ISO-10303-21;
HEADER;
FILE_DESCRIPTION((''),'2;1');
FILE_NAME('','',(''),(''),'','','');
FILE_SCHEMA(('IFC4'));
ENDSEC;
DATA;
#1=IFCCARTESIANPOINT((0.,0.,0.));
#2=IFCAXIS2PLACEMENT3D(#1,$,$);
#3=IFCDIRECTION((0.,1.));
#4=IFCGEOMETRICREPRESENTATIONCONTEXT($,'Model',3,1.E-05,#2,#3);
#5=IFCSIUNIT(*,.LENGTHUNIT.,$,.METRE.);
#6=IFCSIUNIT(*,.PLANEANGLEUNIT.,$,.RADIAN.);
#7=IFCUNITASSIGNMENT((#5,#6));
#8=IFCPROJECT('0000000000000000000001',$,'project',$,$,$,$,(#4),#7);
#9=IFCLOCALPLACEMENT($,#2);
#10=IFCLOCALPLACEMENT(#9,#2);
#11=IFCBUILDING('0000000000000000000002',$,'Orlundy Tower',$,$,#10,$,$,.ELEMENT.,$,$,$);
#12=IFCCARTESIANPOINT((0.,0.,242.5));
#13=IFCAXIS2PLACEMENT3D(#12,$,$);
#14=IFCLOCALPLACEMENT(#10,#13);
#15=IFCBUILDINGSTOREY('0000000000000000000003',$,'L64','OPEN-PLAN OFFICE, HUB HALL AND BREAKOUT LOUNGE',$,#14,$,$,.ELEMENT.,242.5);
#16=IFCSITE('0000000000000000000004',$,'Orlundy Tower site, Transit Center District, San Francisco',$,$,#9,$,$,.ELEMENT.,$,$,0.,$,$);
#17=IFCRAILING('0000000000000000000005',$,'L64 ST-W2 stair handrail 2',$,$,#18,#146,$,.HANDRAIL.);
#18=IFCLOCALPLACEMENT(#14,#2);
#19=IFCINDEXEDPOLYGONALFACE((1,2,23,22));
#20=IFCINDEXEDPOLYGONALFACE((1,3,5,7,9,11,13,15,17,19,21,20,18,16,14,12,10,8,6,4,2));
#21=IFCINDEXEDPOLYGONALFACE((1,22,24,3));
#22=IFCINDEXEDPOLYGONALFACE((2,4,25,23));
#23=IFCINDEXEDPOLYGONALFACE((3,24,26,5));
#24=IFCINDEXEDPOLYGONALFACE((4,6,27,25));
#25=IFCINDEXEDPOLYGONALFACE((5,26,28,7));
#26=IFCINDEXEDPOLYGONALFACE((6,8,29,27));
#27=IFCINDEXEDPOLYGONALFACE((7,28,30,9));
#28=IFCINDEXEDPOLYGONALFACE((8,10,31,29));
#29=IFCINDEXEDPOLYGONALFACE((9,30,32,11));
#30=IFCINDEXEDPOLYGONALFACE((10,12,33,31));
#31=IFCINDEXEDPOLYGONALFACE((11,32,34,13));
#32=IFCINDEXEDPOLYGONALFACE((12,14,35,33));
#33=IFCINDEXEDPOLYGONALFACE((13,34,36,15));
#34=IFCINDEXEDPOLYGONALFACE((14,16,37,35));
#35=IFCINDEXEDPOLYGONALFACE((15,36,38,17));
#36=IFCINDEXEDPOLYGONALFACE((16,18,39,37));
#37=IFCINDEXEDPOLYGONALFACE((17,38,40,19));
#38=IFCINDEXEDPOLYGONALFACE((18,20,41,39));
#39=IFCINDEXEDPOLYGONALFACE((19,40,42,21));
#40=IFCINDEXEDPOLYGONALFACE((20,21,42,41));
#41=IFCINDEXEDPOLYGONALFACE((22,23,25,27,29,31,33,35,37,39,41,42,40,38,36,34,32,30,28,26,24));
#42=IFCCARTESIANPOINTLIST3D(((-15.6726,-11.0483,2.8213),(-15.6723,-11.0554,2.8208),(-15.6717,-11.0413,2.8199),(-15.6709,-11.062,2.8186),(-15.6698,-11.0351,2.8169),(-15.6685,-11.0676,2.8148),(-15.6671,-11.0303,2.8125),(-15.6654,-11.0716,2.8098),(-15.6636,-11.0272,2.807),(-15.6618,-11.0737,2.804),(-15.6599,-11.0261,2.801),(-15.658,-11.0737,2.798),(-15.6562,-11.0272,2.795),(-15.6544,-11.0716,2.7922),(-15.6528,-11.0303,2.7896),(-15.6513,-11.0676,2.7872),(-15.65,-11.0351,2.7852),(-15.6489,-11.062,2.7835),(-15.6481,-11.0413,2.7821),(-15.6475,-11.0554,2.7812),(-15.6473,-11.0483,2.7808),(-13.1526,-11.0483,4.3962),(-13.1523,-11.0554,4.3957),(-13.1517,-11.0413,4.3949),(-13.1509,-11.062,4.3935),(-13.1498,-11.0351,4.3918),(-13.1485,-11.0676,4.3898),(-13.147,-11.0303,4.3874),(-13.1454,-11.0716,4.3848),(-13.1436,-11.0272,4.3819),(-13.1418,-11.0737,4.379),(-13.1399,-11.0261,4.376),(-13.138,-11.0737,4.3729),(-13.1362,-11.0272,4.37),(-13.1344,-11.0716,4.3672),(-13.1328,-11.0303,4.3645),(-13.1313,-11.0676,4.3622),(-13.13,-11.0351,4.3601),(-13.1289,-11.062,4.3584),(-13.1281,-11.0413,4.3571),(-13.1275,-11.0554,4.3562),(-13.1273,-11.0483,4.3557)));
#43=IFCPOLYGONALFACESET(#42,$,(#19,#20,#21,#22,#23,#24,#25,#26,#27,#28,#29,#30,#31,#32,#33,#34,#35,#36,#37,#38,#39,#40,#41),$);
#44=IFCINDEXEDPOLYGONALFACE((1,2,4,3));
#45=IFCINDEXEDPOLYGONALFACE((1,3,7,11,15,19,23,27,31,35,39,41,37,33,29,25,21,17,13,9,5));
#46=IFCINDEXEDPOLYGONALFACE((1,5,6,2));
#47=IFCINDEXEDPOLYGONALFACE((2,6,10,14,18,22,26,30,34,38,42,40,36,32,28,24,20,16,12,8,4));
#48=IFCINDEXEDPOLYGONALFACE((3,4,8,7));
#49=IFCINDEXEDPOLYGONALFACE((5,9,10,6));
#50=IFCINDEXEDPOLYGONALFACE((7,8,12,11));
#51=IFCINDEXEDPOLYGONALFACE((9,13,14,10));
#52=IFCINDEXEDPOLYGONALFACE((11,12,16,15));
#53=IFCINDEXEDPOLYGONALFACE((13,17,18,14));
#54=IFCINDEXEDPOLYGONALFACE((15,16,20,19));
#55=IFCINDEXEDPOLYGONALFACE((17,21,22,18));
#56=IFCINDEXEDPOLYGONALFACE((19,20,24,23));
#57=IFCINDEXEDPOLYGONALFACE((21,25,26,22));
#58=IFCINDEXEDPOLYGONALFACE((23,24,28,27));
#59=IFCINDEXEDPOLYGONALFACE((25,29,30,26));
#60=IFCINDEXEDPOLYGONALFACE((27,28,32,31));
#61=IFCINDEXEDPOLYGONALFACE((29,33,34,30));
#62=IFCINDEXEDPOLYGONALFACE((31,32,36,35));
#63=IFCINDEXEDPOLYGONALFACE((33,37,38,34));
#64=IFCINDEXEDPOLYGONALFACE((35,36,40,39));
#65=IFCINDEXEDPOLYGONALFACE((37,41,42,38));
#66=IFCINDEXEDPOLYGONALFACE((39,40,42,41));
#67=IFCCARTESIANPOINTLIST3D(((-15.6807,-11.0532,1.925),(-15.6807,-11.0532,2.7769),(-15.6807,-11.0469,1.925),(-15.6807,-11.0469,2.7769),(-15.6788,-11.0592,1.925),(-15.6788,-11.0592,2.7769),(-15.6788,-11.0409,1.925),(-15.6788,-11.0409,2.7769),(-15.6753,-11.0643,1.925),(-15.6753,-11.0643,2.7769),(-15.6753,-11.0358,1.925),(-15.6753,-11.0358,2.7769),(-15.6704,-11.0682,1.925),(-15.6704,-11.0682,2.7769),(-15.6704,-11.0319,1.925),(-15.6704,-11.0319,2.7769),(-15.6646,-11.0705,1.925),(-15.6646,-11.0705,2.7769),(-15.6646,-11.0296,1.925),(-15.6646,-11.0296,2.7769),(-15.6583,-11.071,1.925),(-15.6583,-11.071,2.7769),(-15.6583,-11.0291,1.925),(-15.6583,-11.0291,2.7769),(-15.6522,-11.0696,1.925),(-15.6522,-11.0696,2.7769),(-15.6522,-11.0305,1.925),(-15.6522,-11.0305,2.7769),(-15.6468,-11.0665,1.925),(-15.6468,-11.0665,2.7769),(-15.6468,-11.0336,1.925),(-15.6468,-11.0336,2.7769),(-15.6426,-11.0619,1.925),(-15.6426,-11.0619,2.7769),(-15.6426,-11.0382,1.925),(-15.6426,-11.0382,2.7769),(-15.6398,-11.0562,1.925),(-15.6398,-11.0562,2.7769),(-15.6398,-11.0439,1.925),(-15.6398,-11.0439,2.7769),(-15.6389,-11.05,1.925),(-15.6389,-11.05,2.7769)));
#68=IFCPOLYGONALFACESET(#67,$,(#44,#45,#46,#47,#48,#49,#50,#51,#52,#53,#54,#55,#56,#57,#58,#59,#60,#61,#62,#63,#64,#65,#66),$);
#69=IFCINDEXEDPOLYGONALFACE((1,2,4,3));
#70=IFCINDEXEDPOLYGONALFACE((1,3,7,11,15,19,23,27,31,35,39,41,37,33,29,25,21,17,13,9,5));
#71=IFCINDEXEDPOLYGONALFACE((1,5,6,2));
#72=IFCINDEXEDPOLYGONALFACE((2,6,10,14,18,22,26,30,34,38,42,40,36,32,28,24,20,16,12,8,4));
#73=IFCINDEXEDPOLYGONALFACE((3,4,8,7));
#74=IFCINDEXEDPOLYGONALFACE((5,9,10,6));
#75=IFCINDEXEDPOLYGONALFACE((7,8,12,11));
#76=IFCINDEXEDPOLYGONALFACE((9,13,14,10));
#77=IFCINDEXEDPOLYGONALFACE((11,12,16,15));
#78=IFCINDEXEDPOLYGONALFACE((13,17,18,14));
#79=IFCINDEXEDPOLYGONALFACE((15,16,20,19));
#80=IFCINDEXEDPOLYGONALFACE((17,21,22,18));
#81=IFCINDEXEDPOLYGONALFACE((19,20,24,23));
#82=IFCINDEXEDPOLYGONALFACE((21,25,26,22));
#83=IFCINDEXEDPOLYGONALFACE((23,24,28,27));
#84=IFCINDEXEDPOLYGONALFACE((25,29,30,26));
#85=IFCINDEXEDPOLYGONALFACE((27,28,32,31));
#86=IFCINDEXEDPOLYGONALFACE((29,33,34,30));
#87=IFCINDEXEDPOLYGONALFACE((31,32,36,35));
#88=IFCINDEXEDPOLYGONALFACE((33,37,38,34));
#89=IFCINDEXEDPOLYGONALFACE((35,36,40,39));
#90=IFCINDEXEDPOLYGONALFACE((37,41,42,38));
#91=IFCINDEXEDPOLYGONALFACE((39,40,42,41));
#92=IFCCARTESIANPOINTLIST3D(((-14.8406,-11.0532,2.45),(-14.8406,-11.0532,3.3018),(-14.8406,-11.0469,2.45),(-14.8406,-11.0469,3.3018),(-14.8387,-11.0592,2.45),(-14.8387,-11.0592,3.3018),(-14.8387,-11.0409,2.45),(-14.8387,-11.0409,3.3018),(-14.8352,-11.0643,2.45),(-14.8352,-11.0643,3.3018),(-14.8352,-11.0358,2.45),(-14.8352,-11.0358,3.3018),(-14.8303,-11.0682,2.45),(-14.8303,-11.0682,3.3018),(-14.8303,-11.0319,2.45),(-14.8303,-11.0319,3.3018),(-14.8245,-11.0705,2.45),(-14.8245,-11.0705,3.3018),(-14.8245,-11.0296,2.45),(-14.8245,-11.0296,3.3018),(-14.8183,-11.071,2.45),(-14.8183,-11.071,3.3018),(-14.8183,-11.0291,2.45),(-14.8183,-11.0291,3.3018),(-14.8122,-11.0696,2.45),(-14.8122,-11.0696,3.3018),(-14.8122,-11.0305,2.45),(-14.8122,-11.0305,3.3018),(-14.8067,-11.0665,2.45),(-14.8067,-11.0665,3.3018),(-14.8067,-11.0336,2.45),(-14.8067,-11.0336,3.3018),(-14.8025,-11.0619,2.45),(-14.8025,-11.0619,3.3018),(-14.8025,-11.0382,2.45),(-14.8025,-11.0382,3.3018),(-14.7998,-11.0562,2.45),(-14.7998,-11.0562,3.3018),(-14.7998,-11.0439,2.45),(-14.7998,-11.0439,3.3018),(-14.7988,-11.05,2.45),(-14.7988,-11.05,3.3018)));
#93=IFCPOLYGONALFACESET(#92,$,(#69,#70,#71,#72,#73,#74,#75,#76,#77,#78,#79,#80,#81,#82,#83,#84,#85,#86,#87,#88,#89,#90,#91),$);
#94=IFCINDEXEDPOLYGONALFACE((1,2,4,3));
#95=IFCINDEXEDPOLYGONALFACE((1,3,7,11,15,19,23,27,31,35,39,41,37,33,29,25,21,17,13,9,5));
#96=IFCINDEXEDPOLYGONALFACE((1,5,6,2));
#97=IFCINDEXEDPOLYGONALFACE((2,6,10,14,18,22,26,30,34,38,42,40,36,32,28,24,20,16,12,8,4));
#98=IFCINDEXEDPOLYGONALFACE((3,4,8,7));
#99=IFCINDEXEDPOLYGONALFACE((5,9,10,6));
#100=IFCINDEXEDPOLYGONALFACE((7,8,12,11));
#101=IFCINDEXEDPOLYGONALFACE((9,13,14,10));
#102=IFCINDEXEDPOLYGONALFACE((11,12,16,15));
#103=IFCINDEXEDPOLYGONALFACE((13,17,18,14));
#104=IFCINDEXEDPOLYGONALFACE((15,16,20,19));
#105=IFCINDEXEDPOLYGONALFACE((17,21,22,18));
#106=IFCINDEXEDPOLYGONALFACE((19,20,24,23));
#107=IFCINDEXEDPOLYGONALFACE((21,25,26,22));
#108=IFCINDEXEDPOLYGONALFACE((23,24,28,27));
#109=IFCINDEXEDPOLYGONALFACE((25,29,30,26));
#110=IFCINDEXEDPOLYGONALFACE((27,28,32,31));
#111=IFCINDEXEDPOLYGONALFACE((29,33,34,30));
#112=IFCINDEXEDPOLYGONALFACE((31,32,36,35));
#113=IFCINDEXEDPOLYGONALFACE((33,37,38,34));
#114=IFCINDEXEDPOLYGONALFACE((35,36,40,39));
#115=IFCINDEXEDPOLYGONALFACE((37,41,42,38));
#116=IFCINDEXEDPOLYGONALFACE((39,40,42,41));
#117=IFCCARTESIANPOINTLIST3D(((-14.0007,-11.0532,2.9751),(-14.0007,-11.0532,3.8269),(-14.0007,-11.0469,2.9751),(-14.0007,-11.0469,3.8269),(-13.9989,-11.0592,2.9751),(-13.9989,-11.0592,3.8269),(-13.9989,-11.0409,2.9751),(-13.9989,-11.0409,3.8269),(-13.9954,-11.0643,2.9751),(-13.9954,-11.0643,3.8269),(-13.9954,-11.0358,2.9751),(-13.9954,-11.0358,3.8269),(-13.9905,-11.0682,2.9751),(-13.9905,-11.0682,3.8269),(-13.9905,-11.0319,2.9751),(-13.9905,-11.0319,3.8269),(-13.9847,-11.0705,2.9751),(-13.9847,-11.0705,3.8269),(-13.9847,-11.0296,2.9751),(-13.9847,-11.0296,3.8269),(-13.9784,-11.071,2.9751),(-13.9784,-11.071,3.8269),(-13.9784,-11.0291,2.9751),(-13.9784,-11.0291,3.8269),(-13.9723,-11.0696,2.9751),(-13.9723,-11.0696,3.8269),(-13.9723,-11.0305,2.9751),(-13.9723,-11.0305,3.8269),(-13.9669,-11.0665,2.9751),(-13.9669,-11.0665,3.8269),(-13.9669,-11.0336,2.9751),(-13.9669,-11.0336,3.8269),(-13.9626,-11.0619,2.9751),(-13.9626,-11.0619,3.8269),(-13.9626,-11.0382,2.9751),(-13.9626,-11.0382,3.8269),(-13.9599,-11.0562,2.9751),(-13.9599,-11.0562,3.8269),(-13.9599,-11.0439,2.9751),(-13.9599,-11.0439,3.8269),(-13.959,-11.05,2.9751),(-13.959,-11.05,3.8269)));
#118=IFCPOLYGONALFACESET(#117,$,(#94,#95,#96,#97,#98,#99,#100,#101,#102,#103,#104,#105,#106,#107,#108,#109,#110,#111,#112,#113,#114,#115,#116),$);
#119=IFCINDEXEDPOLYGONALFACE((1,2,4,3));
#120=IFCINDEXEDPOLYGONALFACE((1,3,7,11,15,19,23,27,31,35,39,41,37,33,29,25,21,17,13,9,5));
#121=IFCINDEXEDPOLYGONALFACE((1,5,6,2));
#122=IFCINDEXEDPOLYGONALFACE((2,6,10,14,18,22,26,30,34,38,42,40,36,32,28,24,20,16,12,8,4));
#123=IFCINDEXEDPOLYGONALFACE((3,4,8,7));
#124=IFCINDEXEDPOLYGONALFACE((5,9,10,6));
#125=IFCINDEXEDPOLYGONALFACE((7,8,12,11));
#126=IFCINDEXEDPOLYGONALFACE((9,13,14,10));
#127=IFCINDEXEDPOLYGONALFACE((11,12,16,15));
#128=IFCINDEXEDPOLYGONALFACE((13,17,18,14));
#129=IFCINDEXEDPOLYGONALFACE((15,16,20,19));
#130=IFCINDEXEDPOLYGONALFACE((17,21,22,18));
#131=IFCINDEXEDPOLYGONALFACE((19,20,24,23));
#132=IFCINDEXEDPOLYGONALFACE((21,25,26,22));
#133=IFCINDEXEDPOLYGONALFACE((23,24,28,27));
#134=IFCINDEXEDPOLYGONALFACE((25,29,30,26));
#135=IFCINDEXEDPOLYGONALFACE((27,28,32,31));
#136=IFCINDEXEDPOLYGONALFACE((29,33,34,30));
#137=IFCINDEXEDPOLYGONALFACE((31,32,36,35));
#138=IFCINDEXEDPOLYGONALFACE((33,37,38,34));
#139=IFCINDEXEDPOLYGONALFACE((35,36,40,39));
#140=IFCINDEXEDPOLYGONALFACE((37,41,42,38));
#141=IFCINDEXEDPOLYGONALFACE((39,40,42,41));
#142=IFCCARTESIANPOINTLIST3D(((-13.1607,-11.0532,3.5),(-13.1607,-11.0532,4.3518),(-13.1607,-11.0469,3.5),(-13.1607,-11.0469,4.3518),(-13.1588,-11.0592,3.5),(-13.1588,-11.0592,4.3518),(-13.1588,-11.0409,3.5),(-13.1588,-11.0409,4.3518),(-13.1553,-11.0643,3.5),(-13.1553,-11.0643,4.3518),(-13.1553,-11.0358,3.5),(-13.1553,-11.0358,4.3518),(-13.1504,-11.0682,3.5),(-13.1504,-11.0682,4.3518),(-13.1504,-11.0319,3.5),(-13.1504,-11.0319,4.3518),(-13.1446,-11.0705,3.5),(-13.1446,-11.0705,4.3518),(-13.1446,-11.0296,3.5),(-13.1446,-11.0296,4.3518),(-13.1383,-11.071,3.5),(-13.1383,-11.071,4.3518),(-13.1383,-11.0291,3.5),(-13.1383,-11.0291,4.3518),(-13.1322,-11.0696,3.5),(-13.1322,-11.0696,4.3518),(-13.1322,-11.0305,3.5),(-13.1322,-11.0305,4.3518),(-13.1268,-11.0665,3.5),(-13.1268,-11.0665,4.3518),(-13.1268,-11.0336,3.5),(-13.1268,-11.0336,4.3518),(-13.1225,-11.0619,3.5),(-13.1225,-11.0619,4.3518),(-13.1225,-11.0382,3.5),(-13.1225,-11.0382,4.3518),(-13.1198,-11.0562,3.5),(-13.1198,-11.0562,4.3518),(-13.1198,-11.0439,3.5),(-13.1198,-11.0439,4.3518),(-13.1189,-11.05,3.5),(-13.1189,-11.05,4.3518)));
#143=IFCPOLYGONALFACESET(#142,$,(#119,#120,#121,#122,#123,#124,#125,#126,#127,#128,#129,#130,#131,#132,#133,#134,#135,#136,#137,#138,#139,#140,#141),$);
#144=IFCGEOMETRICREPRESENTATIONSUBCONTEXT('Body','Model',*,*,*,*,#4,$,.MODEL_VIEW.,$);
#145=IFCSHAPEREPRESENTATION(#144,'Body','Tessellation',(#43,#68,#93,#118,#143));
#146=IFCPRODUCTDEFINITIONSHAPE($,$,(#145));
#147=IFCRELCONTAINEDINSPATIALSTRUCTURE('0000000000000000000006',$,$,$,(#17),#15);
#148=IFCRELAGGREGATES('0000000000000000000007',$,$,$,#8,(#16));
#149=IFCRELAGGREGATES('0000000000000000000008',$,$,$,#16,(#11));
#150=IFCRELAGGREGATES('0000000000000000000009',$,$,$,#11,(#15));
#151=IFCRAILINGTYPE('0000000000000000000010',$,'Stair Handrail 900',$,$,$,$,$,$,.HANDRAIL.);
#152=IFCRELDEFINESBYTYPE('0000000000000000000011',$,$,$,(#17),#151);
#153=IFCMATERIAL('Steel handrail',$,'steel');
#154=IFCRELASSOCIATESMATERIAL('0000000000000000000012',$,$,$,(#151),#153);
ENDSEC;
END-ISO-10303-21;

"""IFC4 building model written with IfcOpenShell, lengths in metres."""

from ifc_helpers import new_model, si_unit, direction, frame, origin, origin_2d, place, context, subcontext, project, spatial, circle, extrude, material, type_object, element, save


model = new_model("IFC4")

# Units and contexts
model_context = context("Model", 3, precision=1e-05, world=origin(), true_north=direction((0.0, 1.0)))
body_context = subcontext(model_context, "Body", "Model", "MODEL_VIEW")
ifc_project = project(units=[si_unit("LENGTHUNIT", "METRE"), si_unit("PLANEANGLEUNIT", "RADIAN")], contexts=[model_context])

# Site, building, storey
site_placement = place(None, origin())
site = spatial("IfcSite", under=ifc_project, at=site_placement, Name="Orlundy Tower site, Transit Center District, San Francisco", CompositionType="ELEMENT", RefElevation=0.0)
building_placement = place(site_placement, origin())
building = spatial("IfcBuilding", under=site, at=building_placement, Name="Orlundy Tower", CompositionType="ELEMENT")
storey_placement = place(building_placement, frame((0.0, 0.0, 242.5)))
storey = spatial("IfcBuildingStorey", under=building, at=storey_placement, Name="L64", Description="OPEN-PLAN OFFICE, HUB HALL AND BREAKOUT LOUNGE", CompositionType="ELEMENT", Elevation=242.5)

# Railing
ifc_material_1 = material(Name="Steel handrail", Category="steel")
railing_type_1 = type_object("IfcRailingType", Name="Stair Handrail 900", PredefinedType="HANDRAIL", material=ifc_material_1)
railing_1_placement = place(storey_placement, frame((-15.6599, -11.05, 1.925)))
element("IfcRailing", 1, at=railing_1_placement, inside=storey, type_object=railing_type_1, Name="L64 ST-W2 stair handrail 2", PredefinedType="HANDRAIL", context=body_context, shape_type="SweptSolid", body=[
    extrude(circle(Radius=0.0239, at=origin_2d()), frame((0.0, 0.0, 0.876), z_axis=(0.848008, 0.0, 0.529984), x_axis=(0.0, 1.0, 0.0)), (0.0, 0.0, 1.0), 2.9717),
    extrude(circle(Radius=0.021, at=origin_2d()), origin(), (0.0, 0.0, 1.0), 0.8518),
    extrude(circle(Radius=0.021, at=origin_2d()), frame((0.8401, 0.0, 0.5249)), (0.0, 0.0, 1.0), 0.8518),
    extrude(circle(Radius=0.021, at=origin_2d()), frame((1.6799, 0.0, 1.05)), (0.0, 0.0, 1.0), 0.8518),
    extrude(circle(Radius=0.021, at=origin_2d()), frame((2.52, 0.0, 1.575)), (0.0, 0.0, 1.0), 0.8518),
])

save(model, "model.ifc")
